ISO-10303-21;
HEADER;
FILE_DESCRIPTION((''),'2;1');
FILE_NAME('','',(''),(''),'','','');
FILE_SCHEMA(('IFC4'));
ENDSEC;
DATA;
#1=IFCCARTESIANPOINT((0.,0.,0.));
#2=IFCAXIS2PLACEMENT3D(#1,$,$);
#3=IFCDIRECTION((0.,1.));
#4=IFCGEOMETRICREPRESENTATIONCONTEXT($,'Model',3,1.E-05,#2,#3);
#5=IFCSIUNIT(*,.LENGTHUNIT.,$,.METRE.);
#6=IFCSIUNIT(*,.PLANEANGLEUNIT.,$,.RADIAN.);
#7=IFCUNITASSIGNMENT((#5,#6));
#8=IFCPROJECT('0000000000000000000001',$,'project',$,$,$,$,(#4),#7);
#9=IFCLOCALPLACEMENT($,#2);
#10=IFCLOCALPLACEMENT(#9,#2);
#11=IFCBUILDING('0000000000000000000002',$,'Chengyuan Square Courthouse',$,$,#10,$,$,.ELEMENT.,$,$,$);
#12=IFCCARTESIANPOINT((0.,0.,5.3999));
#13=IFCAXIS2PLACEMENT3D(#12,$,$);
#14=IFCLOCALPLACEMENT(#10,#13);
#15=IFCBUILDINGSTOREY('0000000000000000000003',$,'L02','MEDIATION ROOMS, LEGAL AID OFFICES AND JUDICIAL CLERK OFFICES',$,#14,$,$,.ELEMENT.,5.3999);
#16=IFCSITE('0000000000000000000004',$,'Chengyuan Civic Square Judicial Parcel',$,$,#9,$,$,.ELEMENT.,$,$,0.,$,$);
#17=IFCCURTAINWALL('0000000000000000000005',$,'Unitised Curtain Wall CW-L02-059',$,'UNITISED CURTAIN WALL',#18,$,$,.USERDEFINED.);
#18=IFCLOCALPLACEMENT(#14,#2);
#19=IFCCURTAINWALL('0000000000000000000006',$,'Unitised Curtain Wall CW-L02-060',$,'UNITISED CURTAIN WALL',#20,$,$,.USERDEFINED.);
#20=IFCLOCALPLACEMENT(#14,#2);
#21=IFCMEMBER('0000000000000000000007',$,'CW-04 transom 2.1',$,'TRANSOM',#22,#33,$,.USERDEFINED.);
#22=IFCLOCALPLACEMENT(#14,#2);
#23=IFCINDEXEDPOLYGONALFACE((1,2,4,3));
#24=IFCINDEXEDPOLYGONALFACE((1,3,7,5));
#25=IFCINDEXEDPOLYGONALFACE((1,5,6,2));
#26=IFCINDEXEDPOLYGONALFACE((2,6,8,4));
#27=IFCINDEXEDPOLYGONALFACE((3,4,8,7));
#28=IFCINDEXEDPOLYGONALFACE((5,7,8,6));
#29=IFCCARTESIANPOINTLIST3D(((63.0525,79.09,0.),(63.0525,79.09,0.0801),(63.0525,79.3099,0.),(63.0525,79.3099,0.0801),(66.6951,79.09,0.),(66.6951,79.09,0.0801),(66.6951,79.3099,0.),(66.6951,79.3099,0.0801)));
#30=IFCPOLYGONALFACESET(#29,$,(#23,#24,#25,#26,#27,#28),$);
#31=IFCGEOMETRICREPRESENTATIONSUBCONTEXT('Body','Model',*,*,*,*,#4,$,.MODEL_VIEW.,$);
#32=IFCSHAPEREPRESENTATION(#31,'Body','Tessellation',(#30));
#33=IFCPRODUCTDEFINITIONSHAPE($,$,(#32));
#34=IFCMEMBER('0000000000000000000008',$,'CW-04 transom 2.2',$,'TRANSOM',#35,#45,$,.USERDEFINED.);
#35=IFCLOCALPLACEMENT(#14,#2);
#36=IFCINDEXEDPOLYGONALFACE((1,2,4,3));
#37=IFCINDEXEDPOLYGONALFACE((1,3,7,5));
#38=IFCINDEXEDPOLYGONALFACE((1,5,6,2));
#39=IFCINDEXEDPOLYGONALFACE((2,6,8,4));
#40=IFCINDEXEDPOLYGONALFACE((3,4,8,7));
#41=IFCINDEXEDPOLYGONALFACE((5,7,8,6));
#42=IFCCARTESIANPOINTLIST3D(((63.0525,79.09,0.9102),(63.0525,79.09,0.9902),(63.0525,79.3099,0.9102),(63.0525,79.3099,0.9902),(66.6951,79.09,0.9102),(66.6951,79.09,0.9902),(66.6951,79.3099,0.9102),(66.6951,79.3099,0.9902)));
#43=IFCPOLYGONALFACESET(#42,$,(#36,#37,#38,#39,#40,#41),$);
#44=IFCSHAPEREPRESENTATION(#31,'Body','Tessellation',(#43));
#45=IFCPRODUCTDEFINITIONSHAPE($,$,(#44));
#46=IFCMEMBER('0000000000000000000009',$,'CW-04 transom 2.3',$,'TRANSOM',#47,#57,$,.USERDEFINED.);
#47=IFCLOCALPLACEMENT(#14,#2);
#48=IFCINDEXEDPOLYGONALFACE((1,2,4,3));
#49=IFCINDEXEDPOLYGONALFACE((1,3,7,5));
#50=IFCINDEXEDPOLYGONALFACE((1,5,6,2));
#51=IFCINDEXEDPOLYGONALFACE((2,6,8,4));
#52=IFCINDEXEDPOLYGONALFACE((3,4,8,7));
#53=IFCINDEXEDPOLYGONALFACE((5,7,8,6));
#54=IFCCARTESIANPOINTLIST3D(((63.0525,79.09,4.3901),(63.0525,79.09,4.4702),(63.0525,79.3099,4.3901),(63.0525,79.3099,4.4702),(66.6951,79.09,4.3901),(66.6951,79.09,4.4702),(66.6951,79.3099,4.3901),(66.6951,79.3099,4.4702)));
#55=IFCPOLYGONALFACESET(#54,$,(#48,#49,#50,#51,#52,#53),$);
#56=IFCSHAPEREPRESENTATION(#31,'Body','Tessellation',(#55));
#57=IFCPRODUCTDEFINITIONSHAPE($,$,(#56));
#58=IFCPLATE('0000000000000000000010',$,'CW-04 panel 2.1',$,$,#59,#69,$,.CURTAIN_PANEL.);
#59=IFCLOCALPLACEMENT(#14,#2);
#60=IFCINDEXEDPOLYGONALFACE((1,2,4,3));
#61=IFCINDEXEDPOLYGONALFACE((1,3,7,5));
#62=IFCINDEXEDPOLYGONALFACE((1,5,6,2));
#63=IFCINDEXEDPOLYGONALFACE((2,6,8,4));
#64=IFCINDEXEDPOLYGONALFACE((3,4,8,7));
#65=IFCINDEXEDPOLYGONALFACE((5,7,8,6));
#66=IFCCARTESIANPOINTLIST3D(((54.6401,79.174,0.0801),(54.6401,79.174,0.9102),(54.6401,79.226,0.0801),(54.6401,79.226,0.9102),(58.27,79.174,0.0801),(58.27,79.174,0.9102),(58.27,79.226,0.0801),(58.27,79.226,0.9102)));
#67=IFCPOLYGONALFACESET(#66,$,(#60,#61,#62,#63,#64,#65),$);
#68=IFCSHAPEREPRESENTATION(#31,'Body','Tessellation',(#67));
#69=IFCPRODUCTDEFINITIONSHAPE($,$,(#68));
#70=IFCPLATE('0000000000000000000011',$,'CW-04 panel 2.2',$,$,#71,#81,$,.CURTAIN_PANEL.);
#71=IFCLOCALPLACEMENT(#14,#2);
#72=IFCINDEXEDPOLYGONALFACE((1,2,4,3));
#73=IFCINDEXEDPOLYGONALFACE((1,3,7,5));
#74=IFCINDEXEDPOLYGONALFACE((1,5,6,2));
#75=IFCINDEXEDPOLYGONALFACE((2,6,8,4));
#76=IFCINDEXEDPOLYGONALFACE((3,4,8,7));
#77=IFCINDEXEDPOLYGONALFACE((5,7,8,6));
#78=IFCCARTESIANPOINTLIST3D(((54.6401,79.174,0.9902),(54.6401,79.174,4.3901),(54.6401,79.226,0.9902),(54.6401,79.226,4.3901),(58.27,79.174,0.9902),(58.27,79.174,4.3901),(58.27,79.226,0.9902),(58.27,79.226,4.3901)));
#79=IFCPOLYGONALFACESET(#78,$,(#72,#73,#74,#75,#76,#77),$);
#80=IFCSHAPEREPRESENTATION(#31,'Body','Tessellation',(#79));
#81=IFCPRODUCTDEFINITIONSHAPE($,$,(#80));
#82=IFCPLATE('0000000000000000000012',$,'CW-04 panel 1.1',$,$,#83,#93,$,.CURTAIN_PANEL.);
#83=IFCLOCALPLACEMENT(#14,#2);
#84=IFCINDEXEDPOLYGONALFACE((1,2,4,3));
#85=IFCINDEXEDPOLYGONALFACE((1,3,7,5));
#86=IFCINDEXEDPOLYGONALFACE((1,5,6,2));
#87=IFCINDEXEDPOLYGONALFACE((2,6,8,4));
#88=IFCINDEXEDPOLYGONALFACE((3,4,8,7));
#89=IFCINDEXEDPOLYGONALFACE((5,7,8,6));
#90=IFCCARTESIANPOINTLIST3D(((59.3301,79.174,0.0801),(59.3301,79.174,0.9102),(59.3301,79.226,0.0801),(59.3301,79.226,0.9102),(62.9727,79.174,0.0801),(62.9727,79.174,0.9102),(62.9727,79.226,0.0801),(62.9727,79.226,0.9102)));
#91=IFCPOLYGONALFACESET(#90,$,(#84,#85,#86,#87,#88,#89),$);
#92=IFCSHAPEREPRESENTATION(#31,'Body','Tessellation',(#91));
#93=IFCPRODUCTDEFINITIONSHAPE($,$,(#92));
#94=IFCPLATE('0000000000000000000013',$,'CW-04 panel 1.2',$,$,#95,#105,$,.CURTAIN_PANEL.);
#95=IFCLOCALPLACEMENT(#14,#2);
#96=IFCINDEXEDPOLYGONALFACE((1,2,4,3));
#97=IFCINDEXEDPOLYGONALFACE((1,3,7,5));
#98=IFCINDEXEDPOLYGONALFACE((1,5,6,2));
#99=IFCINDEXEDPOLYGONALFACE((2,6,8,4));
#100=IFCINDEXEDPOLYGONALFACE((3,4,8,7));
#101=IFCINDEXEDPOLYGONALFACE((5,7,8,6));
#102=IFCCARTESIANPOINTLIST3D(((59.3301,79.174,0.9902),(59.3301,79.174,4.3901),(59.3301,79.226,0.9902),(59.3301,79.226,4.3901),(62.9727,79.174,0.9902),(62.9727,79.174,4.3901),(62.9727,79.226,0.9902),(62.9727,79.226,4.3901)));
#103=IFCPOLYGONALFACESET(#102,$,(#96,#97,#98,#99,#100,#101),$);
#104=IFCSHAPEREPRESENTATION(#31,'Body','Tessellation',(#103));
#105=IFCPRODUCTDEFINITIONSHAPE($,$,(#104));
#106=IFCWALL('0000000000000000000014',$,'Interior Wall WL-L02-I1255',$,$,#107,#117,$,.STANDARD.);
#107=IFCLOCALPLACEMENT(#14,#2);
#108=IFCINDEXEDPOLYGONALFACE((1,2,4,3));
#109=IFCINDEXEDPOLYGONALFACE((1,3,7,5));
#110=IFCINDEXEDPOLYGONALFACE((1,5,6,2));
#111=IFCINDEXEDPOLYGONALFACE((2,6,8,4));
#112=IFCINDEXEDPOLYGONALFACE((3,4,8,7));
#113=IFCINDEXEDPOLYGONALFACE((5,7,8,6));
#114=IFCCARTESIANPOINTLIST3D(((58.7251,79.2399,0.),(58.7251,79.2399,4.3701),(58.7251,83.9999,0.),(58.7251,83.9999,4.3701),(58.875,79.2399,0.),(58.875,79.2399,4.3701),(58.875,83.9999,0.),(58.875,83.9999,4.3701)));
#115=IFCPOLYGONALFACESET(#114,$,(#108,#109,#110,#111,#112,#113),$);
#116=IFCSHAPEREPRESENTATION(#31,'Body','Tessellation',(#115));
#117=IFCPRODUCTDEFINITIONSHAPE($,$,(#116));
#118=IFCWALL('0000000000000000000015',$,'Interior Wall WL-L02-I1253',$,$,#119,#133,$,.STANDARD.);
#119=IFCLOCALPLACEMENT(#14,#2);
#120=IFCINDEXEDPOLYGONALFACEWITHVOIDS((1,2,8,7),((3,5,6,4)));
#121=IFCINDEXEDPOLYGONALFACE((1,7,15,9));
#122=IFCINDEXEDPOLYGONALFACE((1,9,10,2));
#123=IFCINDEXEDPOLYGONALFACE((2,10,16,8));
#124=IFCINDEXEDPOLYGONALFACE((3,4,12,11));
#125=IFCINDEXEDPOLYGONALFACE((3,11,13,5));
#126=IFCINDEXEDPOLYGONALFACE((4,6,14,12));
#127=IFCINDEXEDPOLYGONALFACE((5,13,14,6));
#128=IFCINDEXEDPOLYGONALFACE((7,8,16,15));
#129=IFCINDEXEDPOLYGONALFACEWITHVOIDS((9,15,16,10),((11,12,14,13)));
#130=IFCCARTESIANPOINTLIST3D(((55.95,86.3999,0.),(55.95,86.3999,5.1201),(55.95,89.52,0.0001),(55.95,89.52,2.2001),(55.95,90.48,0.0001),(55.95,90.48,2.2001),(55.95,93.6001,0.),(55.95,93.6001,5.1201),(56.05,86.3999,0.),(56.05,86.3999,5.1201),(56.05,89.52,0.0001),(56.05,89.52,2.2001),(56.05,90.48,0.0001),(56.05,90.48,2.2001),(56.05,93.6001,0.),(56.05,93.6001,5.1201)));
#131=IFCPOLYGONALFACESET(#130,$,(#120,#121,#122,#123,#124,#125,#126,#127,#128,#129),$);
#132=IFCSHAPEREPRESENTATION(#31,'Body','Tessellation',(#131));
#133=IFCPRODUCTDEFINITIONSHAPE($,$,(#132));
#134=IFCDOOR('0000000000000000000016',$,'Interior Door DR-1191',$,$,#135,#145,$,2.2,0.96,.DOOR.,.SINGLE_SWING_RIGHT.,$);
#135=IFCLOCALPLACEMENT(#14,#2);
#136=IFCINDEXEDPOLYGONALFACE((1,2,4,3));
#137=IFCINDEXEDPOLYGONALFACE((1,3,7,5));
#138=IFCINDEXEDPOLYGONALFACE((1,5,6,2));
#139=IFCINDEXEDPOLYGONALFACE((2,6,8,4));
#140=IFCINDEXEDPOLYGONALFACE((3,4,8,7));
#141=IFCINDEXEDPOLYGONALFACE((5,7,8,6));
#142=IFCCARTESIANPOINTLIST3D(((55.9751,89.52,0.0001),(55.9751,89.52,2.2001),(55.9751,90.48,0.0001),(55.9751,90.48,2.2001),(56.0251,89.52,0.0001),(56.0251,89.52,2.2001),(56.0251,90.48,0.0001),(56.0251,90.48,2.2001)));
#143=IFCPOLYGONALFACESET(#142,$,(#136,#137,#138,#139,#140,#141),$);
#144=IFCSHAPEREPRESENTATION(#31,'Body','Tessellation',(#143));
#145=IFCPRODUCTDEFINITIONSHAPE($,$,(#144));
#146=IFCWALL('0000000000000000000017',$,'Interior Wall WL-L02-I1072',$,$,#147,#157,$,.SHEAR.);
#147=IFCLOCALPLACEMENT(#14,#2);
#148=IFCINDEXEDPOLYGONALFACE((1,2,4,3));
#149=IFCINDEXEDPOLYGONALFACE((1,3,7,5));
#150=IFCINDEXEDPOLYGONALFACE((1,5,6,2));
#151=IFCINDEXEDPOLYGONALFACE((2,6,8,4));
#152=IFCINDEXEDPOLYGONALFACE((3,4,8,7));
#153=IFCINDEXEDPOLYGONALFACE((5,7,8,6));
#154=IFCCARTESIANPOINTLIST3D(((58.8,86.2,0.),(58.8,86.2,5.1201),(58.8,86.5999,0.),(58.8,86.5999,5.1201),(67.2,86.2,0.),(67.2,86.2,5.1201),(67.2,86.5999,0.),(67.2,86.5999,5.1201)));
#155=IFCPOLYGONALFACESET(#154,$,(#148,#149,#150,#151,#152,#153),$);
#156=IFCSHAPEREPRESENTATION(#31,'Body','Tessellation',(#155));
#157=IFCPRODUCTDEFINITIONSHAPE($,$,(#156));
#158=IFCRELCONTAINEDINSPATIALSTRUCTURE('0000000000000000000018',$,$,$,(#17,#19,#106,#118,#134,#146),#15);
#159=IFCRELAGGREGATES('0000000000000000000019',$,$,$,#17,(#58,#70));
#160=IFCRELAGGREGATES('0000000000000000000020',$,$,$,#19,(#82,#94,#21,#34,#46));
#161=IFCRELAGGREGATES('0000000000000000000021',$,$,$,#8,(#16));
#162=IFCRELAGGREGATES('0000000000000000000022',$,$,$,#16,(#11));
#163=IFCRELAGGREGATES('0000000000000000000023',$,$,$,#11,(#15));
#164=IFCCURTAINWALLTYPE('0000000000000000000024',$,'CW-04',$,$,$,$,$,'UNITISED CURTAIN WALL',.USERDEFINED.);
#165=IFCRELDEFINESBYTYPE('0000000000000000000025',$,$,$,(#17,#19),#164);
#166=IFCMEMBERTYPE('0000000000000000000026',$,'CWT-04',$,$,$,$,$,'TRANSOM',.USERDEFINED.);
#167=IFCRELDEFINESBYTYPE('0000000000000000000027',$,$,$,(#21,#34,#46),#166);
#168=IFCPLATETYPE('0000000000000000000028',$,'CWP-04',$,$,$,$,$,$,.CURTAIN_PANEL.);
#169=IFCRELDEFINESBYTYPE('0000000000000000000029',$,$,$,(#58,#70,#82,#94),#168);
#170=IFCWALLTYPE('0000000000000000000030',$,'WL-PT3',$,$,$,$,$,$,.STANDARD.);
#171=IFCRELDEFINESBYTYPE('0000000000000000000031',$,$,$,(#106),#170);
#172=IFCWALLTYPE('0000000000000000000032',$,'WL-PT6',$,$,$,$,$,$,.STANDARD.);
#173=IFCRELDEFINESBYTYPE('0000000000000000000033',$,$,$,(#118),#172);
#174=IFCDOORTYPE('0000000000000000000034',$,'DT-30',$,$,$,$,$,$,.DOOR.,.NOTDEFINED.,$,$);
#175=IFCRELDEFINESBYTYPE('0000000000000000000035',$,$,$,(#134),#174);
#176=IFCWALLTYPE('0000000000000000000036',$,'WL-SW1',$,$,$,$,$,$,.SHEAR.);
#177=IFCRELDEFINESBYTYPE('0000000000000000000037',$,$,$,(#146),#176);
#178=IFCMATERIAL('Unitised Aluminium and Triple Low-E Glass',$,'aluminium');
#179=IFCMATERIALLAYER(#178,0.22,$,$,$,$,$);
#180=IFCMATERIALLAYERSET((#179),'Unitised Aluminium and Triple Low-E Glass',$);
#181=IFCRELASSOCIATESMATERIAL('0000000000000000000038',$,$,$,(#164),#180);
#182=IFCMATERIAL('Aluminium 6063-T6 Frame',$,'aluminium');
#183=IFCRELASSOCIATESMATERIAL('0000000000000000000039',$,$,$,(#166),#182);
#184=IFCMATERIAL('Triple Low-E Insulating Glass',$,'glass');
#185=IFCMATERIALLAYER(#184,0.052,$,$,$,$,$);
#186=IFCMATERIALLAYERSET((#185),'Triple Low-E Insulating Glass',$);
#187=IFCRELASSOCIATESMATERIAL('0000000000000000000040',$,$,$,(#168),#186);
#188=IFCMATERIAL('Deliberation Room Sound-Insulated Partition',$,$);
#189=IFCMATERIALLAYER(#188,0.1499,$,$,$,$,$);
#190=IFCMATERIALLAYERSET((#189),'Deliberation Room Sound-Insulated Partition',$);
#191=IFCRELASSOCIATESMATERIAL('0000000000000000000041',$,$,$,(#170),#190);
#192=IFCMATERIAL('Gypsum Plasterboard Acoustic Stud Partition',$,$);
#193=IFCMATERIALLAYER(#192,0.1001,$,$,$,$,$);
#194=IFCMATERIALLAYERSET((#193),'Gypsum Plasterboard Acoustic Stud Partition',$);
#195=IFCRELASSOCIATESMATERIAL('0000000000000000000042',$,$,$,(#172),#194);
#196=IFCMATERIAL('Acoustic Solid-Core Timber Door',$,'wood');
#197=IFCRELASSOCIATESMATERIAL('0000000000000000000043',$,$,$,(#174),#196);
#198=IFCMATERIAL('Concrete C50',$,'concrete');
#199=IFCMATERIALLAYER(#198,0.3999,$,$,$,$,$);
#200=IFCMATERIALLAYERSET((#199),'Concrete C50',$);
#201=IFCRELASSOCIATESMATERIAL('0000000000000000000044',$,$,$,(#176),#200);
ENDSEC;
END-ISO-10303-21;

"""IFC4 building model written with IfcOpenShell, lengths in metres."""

from ifc_helpers import new_model, si_unit, direction, frame, frame_2d, origin, origin_2d, place, context, subcontext, project, spatial, rectangle, extrude, material, layer, layer_set, material_profile, profile_set, type_object, element, fill, aggregate, save


model = new_model("IFC4")

# Units and contexts
model_context = context("Model", 3, precision=1e-05, world=origin(), true_north=direction((0.0, 1.0)))
body_context = subcontext(model_context, "Body", "Model", "MODEL_VIEW")
ifc_project = project(units=[si_unit("LENGTHUNIT", "METRE"), si_unit("PLANEANGLEUNIT", "RADIAN")], contexts=[model_context])

# Site, building, storey
site_placement = place(None, origin())
site = spatial("IfcSite", under=ifc_project, at=site_placement, Name="Chengyuan Civic Square Judicial Parcel", CompositionType="ELEMENT", RefElevation=0.0)
building_placement = place(site_placement, origin())
building = spatial("IfcBuilding", under=site, at=building_placement, Name="Chengyuan Square Courthouse", CompositionType="ELEMENT")
storey_placement = place(building_placement, frame((0.0, 0.0, 5.3999)))
storey = spatial("IfcBuildingStorey", under=building, at=storey_placement, Name="L02", Description="MEDIATION ROOMS, LEGAL AID OFFICES AND JUDICIAL CLERK OFFICES", CompositionType="ELEMENT", Elevation=5.3999)

# Shared definitions
ifc_material_1 = material(Name="Concrete C50", Category="concrete")

# Curtain wall
ifc_material_2 = material(Name="Unitised Aluminium and Triple Low-E Glass", Category="aluminium")
ifc_layer_1 = layer(ifc_material_2, 0.22)
ifc_layer_set_1 = layer_set([ifc_layer_1], Name="Unitised Aluminium and Triple Low-E Glass")
curtain_wall_type = type_object("IfcCurtainWallType", Name="CW-04", ElementType="UNITISED CURTAIN WALL", PredefinedType="USERDEFINED", material=ifc_layer_set_1)
curtain_wall_1_placement = place(storey_placement, origin())
curtain_wall_1 = element("IfcCurtainWall", 1, at=curtain_wall_1_placement, inside=storey, type_object=curtain_wall_type, Name="Unitised Curtain Wall CW-L02-059", ObjectType="UNITISED CURTAIN WALL", PredefinedType="USERDEFINED")
ifc_material_3 = material(Name="Aluminium 6063-T6 Frame", Category="aluminium")

# Curtain wall, members
curtain_wall_2_placement = place(storey_placement, origin())
curtain_wall_2 = element("IfcCurtainWall", 2, at=curtain_wall_2_placement, inside=storey, type_object=curtain_wall_type, Name="Unitised Curtain Wall CW-L02-060", ObjectType="UNITISED CURTAIN WALL", PredefinedType="USERDEFINED")
ifc_material_profile_1 = material_profile(ifc_material_3, rectangle(XDim=0.22, YDim=0.0801, at=origin_2d()), Name="CW-TRN-80x180")
ifc_profile_set_1 = profile_set([ifc_material_profile_1], Name="Aluminium 6063-T6 Frame")
member_type_1 = type_object("IfcMemberType", Name="CWT-04", ElementType="TRANSOM", PredefinedType="USERDEFINED", material=ifc_profile_set_1)
member_1_placement = place(storey_placement, frame((63.0525, 79.2, 0.04), z_axis=(1.0, 0.0, 0.0), x_axis=(0.0, 1.0, 0.0)))
member_1 = element("IfcMember", 3, at=member_1_placement, type_object=member_type_1, Name="CW-04 transom 2.1", ObjectType="TRANSOM", PredefinedType="USERDEFINED", context=body_context, shape_type="SweptSolid", body=[
    extrude(rectangle(XDim=0.22, YDim=0.0801, at=origin_2d()), origin(), (0.0, 0.0, 1.0), 3.6426),
])
member_2_placement = place(storey_placement, frame((63.0525, 79.2, 0.9502), z_axis=(1.0, 0.0, 0.0), x_axis=(0.0, 1.0, 0.0)))
member_2 = element("IfcMember", 4, at=member_2_placement, type_object=member_type_1, Name="CW-04 transom 2.2", ObjectType="TRANSOM", PredefinedType="USERDEFINED", context=body_context, shape_type="SweptSolid", body=[
    extrude(rectangle(XDim=0.22, YDim=0.0801, at=origin_2d()), origin(), (0.0, 0.0, 1.0), 3.6426),
])
member_3_placement = place(storey_placement, frame((63.0525, 79.2, 4.4302), z_axis=(1.0, 0.0, 0.0), x_axis=(0.0, 1.0, 0.0)))
member_3 = element("IfcMember", 5, at=member_3_placement, type_object=member_type_1, Name="CW-04 transom 2.3", ObjectType="TRANSOM", PredefinedType="USERDEFINED", context=body_context, shape_type="SweptSolid", body=[
    extrude(rectangle(XDim=0.22, YDim=0.0801, at=origin_2d()), origin(), (0.0, 0.0, 1.0), 3.6426),
])

# Plates
ifc_material_4 = material(Name="Triple Low-E Insulating Glass", Category="glass")
ifc_layer_2 = layer(ifc_material_4, 0.052)
ifc_layer_set_2 = layer_set([ifc_layer_2], Name="Triple Low-E Insulating Glass")
plate_type = type_object("IfcPlateType", Name="CWP-04", PredefinedType="CURTAIN_PANEL", material=ifc_layer_set_2)
plate_1_placement = place(storey_placement, frame((56.4551, 79.2, 0.0801), z_axis=(0.0, 0.0, 1.0), x_axis=(1.0, 0.0, 0.0)))
plate_1 = element("IfcPlate", 6, at=plate_1_placement, type_object=plate_type, Name="CW-04 panel 2.1", PredefinedType="CURTAIN_PANEL", context=body_context, shape_type="SweptSolid", body=[
    extrude(rectangle(XDim=3.6299, YDim=0.052, at=origin_2d()), origin(), (0.0, 0.0, 1.0), 0.8301),
])
plate_2_placement = place(storey_placement, frame((56.4551, 79.2, 0.9902), z_axis=(0.0, 0.0, 1.0), x_axis=(1.0, 0.0, 0.0)))
plate_2 = element("IfcPlate", 7, at=plate_2_placement, type_object=plate_type, Name="CW-04 panel 2.2", PredefinedType="CURTAIN_PANEL", context=body_context, shape_type="SweptSolid", body=[
    extrude(rectangle(XDim=3.6299, YDim=0.052, at=origin_2d()), origin(), (0.0, 0.0, 1.0), 3.3999),
])
aggregate(curtain_wall_1, [plate_1, plate_2])
plate_3_placement = place(storey_placement, frame((61.1514, 79.2, 0.0801), z_axis=(0.0, 0.0, 1.0), x_axis=(1.0, 0.0, 0.0)))
plate_3 = element("IfcPlate", 8, at=plate_3_placement, type_object=plate_type, Name="CW-04 panel 1.1", PredefinedType="CURTAIN_PANEL", context=body_context, shape_type="SweptSolid", body=[
    extrude(rectangle(XDim=3.6426, YDim=0.052, at=origin_2d()), origin(), (0.0, 0.0, 1.0), 0.8301),
])
plate_4_placement = place(storey_placement, frame((61.1514, 79.2, 0.9902), z_axis=(0.0, 0.0, 1.0), x_axis=(1.0, 0.0, 0.0)))
plate_4 = element("IfcPlate", 9, at=plate_4_placement, type_object=plate_type, Name="CW-04 panel 1.2", PredefinedType="CURTAIN_PANEL", context=body_context, shape_type="SweptSolid", body=[
    extrude(rectangle(XDim=3.6426, YDim=0.052, at=origin_2d()), origin(), (0.0, 0.0, 1.0), 3.3999),
])
aggregate(curtain_wall_2, [plate_3, plate_4, member_1, member_2, member_3])

# Wall
ifc_material_5 = material(Name="Deliberation Room Sound-Insulated Partition")
ifc_layer_3 = layer(ifc_material_5, 0.1499)
ifc_layer_set_3 = layer_set([ifc_layer_3], Name="Deliberation Room Sound-Insulated Partition")
wall_type_1 = type_object("IfcWallType", Name="WL-PT3", PredefinedType="STANDARD", material=ifc_layer_set_3)
wall_1_placement = place(storey_placement, frame((58.8, 79.24, 0.0), z_axis=(0.0, 0.0, 1.0), x_axis=(0.0, 1.0, 0.0)))
element("IfcWall", 10, at=wall_1_placement, inside=storey, type_object=wall_type_1, Name="Interior Wall WL-L02-I1255", PredefinedType="STANDARD", context=body_context, shape_type="SweptSolid", body=[
    extrude(rectangle(XDim=4.76, YDim=0.1499, at=frame_2d((2.3799, 0.0))), origin(), (0.0, 0.0, 1.0), 4.3701),
])

# Wall, opening, door
ifc_material_6 = material(Name="Gypsum Plasterboard Acoustic Stud Partition")
ifc_layer_4 = layer(ifc_material_6, 0.1001)
ifc_layer_set_4 = layer_set([ifc_layer_4], Name="Gypsum Plasterboard Acoustic Stud Partition")
wall_type_2 = type_object("IfcWallType", Name="WL-PT6", PredefinedType="STANDARD", material=ifc_layer_set_4)
wall_2_placement = place(storey_placement, frame((56.0, 86.3999, 0.0), z_axis=(0.0, 0.0, 1.0), x_axis=(0.0, 1.0, 0.0)))
wall_2 = element("IfcWall", 11, at=wall_2_placement, inside=storey, type_object=wall_type_2, Name="Interior Wall WL-L02-I1253", PredefinedType="STANDARD", context=body_context, shape_type="SweptSolid", body=[
    extrude(rectangle(XDim=7.2002, YDim=0.1001, at=frame_2d((3.6001, 0.0))), origin(), (0.0, 0.0, 1.0), 5.1201),
])
opening_1_placement = place(wall_2_placement, frame((3.1201, 0.0, 0.0)))
opening_1 = element("IfcOpeningElement", 12, at=opening_1_placement, cuts=wall_2, PredefinedType="OPENING", context=body_context, shape_type="SweptSolid", body=[
    extrude(rectangle(XDim=0.96, YDim=2.2, at=frame_2d((0.48, 1.1001))), frame((0.0, 0.062, 0.0), z_axis=(0.0, -1.0, 0.0), x_axis=(1.0, 0.0, 0.0)), (0.0, 0.0, 1.0), 0.124),
])
ifc_material_7 = material(Name="Acoustic Solid-Core Timber Door", Category="wood")
door_type_1 = type_object("IfcDoorType", Name="DT-30", OperationType="NOTDEFINED", PredefinedType="DOOR", material=ifc_material_7)
door_1_placement = place(opening_1_placement, origin())
door_1 = element("IfcDoor", 13, at=door_1_placement, inside=storey, type_object=door_type_1, Name="Interior Door DR-1191", OperationType="SINGLE_SWING_RIGHT", OverallHeight=2.2, OverallWidth=0.96, PredefinedType="DOOR", context=body_context, shape_type="SweptSolid", body=[
    extrude(rectangle(XDim=0.96, YDim=2.2, at=frame_2d((0.48, 1.1001))), frame((0.0, 0.0249, 0.0), z_axis=(0.0, -1.0, 0.0), x_axis=(1.0, 0.0, 0.0)), (0.0, 0.0, 1.0), 0.05),
])
fill(opening_1, door_1)

# Wall
ifc_layer_5 = layer(ifc_material_1, 0.3999)
ifc_layer_set_5 = layer_set([ifc_layer_5], Name="Concrete C50")
wall_type_3 = type_object("IfcWallType", Name="WL-SW1", PredefinedType="SHEAR", material=ifc_layer_set_5)
wall_3_placement = place(storey_placement, frame((58.8, 86.3999, 0.0), z_axis=(0.0, 0.0, 1.0), x_axis=(1.0, 0.0, 0.0)))
element("IfcWall", 14, at=wall_3_placement, inside=storey, type_object=wall_type_3, Name="Interior Wall WL-L02-I1072", PredefinedType="SHEAR", context=body_context, shape_type="SweptSolid", body=[
    extrude(rectangle(XDim=8.3999, YDim=0.3999, at=frame_2d((4.2, 0.0))), origin(), (0.0, 0.0, 1.0), 5.1201),
])

save(model, "model.ifc")
